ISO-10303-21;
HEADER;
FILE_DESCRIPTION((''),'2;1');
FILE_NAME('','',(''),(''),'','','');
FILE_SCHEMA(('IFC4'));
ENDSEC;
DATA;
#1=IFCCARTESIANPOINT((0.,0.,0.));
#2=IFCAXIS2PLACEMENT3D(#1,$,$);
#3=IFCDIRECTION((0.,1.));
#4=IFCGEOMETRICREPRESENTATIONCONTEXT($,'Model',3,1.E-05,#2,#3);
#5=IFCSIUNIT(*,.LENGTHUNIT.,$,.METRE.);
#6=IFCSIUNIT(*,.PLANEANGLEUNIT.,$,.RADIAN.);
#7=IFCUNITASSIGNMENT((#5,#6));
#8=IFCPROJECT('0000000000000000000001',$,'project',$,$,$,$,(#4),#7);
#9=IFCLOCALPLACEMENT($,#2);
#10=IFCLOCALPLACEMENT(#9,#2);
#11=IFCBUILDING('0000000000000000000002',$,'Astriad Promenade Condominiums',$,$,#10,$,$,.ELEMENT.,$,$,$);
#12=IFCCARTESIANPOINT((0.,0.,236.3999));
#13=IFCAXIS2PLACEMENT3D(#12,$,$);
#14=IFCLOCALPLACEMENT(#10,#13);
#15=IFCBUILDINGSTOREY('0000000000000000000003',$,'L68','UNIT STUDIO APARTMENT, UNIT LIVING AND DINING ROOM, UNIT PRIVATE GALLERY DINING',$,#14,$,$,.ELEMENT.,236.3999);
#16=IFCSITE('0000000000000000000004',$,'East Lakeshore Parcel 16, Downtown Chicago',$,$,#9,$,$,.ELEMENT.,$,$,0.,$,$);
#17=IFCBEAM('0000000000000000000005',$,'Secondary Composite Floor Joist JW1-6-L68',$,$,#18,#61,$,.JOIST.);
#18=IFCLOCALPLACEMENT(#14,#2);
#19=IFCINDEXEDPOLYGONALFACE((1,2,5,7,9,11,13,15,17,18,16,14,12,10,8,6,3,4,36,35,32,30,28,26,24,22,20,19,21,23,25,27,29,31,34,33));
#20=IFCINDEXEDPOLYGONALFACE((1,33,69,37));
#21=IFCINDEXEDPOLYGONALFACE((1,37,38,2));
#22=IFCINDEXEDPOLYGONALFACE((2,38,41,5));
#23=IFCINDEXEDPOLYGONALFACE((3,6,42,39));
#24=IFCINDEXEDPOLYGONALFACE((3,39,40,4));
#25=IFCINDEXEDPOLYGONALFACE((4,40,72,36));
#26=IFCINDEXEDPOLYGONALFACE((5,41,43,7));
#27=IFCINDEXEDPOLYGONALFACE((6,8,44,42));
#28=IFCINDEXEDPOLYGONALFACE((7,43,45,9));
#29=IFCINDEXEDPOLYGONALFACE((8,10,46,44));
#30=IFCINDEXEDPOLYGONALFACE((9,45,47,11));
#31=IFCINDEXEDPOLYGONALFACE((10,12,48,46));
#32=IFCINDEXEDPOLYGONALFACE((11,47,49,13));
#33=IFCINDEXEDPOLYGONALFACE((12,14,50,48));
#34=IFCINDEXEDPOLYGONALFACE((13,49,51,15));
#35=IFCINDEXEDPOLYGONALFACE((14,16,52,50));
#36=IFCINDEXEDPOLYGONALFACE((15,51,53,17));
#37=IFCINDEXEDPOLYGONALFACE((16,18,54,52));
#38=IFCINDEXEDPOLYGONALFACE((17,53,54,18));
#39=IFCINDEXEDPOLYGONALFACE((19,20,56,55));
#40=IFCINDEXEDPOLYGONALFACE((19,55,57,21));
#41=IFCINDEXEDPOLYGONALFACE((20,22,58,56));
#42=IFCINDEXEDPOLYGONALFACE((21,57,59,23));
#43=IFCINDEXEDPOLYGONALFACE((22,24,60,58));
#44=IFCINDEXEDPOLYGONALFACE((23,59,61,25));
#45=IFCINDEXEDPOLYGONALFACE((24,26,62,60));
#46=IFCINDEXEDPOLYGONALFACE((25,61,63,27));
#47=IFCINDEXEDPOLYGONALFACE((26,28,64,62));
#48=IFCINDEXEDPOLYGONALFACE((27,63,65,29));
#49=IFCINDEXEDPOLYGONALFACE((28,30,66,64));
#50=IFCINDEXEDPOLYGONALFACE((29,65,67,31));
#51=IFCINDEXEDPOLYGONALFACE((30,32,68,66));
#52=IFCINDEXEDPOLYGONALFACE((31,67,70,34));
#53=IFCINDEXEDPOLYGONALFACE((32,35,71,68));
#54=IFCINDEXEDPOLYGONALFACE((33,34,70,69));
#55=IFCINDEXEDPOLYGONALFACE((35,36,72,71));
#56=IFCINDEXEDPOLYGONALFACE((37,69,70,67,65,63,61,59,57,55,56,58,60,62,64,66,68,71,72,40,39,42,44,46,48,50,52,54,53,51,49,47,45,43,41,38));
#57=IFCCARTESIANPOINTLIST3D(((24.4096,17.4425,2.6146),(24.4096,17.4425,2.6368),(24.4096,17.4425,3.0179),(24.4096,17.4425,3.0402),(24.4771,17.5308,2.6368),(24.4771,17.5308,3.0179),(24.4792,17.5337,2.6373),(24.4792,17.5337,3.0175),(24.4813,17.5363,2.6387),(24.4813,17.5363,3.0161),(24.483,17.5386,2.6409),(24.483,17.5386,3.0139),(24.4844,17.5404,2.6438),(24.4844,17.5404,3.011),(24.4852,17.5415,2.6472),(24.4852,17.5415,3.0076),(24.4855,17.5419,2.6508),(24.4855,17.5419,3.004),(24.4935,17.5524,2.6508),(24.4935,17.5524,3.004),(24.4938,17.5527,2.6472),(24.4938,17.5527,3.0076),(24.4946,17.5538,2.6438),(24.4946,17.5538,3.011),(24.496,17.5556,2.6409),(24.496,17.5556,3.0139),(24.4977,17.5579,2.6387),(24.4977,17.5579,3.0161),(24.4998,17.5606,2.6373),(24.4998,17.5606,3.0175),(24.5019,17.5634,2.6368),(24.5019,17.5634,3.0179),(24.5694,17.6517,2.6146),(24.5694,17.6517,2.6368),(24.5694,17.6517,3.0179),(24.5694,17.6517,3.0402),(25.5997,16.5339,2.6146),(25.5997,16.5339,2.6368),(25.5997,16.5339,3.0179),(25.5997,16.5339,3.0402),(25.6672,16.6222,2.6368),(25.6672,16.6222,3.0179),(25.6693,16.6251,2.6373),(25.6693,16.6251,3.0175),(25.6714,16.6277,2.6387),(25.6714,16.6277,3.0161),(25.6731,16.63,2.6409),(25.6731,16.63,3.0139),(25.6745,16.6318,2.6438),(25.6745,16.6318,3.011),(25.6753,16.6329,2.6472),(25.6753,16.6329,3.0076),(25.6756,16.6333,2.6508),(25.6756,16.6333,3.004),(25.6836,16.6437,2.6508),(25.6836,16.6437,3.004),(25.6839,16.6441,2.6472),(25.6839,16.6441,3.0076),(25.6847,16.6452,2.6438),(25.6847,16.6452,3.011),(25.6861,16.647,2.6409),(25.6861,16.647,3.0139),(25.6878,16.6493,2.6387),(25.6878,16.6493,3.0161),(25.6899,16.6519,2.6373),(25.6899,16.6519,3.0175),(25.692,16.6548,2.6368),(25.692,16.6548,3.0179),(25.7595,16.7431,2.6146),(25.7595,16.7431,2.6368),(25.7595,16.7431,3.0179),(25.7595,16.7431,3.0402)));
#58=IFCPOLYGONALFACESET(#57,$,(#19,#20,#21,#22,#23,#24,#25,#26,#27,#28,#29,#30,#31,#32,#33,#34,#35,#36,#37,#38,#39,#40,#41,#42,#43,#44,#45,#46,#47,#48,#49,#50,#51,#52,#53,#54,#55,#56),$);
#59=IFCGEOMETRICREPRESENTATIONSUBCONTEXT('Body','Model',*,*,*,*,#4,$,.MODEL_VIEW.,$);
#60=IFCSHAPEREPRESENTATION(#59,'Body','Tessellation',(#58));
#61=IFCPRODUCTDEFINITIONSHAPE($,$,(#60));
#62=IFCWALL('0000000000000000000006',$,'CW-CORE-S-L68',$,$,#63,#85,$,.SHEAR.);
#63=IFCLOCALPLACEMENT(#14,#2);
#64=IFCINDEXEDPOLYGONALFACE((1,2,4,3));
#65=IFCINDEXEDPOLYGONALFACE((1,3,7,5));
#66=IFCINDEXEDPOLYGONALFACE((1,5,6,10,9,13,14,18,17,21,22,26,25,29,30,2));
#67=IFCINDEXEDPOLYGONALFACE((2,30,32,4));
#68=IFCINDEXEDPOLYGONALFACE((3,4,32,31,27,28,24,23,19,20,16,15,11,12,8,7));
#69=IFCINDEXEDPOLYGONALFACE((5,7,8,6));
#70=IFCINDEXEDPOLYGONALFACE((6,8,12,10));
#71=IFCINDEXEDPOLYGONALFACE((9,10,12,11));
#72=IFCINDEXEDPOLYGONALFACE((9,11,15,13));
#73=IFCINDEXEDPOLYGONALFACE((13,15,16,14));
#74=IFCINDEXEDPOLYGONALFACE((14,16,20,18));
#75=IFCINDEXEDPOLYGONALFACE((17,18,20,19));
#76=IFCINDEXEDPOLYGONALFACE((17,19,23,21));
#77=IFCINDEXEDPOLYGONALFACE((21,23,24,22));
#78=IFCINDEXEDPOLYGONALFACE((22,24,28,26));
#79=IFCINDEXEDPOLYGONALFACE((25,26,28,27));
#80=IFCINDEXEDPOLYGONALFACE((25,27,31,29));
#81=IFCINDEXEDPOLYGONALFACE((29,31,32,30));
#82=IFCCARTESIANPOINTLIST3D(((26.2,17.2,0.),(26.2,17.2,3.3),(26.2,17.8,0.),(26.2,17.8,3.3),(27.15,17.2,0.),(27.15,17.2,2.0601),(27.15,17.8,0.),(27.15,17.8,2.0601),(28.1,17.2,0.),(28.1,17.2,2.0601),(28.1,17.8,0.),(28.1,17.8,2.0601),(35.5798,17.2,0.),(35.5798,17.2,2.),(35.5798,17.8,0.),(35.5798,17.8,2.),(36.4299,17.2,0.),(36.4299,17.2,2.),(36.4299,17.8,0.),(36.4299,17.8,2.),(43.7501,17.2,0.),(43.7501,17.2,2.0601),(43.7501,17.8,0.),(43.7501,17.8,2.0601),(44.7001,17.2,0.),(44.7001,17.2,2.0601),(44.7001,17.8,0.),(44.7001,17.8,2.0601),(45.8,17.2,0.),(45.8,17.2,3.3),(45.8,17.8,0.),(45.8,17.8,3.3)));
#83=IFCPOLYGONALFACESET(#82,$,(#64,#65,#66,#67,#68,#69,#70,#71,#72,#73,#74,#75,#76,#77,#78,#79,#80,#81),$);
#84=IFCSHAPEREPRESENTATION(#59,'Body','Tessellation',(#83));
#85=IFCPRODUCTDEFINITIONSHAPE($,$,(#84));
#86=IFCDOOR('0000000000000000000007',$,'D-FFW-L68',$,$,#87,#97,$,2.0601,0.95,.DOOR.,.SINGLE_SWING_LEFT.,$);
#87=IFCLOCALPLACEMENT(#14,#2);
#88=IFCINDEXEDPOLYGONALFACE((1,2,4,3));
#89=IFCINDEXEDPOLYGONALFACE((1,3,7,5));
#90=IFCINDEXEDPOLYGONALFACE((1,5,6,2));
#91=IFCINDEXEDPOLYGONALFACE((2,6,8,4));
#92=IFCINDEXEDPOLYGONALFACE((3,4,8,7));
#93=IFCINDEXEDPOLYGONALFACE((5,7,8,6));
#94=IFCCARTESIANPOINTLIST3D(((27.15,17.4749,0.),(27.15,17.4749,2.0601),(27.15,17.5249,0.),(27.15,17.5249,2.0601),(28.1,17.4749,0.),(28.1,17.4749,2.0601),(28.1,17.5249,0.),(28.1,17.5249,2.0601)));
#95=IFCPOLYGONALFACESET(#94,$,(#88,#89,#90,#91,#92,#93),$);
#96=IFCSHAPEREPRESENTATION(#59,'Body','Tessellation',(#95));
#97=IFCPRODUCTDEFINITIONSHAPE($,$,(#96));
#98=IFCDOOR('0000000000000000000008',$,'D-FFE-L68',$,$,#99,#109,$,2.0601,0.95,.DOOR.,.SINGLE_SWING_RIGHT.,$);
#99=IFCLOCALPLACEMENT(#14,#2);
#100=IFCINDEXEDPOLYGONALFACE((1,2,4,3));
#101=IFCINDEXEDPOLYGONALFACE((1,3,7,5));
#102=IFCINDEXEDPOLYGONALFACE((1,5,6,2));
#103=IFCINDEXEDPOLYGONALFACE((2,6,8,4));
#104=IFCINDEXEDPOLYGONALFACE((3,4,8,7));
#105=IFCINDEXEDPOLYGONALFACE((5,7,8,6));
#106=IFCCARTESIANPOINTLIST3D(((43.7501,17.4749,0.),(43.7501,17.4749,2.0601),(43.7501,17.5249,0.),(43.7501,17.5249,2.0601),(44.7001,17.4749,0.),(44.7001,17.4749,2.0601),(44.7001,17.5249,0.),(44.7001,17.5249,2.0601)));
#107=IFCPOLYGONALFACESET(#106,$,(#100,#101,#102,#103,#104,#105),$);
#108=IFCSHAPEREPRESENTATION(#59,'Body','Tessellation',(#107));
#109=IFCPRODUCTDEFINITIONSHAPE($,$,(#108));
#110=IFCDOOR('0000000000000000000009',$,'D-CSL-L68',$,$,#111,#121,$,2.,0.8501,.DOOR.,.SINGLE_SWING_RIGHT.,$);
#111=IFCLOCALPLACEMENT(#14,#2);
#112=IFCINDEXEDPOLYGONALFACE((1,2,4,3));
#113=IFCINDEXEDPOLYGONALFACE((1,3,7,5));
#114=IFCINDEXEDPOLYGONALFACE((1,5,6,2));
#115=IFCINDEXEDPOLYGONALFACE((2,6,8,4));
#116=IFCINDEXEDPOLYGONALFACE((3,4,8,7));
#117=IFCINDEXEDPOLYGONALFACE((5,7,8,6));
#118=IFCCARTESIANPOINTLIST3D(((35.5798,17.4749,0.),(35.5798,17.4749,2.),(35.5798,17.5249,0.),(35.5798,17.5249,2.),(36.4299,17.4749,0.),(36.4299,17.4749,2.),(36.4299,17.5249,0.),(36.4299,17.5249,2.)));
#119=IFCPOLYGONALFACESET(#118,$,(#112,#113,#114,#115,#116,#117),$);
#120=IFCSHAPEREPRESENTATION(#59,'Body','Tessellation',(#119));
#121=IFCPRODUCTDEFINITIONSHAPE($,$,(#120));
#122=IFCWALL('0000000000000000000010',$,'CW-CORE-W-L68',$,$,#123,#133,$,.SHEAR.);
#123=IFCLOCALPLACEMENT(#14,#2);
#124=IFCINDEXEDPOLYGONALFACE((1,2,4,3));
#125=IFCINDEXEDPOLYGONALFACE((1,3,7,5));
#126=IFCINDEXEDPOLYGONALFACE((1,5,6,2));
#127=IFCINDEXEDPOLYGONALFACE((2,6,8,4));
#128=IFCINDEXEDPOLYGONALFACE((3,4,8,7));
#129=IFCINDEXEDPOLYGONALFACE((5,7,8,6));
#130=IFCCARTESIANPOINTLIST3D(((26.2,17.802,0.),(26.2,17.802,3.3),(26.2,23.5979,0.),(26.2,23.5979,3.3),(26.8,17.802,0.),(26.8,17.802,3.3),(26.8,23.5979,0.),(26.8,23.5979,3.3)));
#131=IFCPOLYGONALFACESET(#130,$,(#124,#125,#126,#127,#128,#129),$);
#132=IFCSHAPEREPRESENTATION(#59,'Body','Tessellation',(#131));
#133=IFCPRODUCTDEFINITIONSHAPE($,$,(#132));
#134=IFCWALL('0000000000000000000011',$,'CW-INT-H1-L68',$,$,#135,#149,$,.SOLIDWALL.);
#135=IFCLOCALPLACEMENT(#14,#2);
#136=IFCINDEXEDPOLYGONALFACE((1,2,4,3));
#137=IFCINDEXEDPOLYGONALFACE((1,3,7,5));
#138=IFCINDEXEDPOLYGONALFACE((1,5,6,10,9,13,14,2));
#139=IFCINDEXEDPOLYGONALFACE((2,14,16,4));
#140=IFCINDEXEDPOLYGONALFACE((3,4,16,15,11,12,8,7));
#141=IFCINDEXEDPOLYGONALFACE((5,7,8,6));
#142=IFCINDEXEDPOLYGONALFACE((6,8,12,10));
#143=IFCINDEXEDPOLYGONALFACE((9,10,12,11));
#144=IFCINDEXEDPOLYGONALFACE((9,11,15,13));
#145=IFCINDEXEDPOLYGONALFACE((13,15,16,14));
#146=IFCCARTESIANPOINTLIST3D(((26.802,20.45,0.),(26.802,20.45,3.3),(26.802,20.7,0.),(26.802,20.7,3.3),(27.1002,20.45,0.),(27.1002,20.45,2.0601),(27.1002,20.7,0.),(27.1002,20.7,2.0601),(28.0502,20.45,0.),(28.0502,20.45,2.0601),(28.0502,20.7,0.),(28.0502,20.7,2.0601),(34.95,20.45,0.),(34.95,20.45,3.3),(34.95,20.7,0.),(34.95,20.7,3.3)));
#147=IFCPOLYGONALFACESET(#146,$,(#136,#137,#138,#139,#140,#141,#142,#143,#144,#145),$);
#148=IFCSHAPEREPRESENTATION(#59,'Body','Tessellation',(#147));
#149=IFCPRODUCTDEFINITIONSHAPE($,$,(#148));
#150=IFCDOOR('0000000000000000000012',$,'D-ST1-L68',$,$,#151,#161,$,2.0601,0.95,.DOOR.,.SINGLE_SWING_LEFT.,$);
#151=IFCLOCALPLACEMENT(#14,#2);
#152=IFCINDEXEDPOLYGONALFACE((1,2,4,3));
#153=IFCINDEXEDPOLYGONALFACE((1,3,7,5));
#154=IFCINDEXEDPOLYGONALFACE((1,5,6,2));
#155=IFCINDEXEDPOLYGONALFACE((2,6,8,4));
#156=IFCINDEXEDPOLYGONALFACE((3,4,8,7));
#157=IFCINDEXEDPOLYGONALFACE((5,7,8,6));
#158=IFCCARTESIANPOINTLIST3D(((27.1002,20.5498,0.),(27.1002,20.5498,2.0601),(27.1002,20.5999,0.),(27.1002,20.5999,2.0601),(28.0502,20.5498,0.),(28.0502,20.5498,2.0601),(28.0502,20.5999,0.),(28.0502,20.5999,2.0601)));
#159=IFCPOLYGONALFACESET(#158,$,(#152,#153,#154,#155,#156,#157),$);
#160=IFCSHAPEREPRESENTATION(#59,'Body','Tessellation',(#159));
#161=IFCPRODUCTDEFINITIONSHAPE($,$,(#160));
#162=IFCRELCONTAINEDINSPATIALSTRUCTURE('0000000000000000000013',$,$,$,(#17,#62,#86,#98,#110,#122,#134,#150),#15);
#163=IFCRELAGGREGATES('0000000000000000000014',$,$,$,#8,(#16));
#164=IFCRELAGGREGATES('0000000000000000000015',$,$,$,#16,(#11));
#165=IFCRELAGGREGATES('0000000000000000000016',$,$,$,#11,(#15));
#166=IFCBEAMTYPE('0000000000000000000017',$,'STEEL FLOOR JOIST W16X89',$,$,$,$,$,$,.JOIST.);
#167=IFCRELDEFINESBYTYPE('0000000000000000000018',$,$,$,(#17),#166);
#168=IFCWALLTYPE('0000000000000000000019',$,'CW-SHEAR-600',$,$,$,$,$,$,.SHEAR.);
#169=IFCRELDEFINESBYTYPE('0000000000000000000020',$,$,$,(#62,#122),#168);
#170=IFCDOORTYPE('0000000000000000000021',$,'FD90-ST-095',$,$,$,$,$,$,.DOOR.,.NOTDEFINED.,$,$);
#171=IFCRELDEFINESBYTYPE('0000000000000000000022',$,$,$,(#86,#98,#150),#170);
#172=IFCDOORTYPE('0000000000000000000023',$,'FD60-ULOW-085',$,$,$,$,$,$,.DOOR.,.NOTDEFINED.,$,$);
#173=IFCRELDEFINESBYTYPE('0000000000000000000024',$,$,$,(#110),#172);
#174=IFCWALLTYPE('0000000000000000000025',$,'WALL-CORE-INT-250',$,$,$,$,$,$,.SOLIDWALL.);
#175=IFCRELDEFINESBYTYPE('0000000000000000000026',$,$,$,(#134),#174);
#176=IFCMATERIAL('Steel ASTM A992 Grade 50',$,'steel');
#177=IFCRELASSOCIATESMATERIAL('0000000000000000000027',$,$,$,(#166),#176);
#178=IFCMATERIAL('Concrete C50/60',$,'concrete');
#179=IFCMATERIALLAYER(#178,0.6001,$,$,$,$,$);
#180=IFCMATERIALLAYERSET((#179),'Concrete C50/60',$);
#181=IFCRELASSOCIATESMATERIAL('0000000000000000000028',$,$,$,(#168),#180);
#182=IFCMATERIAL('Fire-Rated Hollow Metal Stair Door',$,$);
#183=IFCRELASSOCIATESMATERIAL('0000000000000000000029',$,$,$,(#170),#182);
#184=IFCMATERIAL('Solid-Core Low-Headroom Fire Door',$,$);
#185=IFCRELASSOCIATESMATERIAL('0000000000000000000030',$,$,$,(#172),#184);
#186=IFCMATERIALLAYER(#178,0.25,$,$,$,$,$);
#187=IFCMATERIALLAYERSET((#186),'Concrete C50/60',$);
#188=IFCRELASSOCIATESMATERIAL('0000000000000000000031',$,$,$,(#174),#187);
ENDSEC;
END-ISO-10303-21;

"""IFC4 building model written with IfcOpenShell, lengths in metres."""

from ifc_helpers import new_model, si_unit, direction, frame, frame_2d, origin, origin_2d, place, context, subcontext, project, spatial, rectangle, i_section, extrude, source, transform, mapped, material, layer, layer_set, material_profile, profile_set, type_object, type_shapes, element, fill, save


model = new_model("IFC4")

# Units and contexts
model_context = context("Model", 3, precision=1e-05, world=origin(), true_north=direction((0.0, 1.0)))
body_context = subcontext(model_context, "Body", "Model", "MODEL_VIEW")
ifc_project = project(units=[si_unit("LENGTHUNIT", "METRE"), si_unit("PLANEANGLEUNIT", "RADIAN")], contexts=[model_context])

# Site, building, storey
site_placement = place(None, origin())
site = spatial("IfcSite", under=ifc_project, at=site_placement, Name="East Lakeshore Parcel 16, Downtown Chicago", CompositionType="ELEMENT", RefElevation=0.0)
building_placement = place(site_placement, origin())
building = spatial("IfcBuilding", under=site, at=building_placement, Name="Astriad Promenade Condominiums", CompositionType="ELEMENT")
storey_placement = place(building_placement, frame((0.0, 0.0, 236.3999)))
storey = spatial("IfcBuildingStorey", under=building, at=storey_placement, Name="L68", Description="UNIT STUDIO APARTMENT, UNIT LIVING AND DINING ROOM, UNIT PRIVATE GALLERY DINING", CompositionType="ELEMENT", Elevation=236.3999)

# Beam
ifc_material_1 = material(Name="Steel ASTM A992 Grade 50", Category="steel")
ifc_material_profile_1 = material_profile(ifc_material_1, i_section(OverallWidth=0.2632, OverallDepth=0.4255, WebThickness=0.0132, FlangeThickness=0.0222, FilletRadius=0.0139, at=origin_2d()), Name="W16X89")
ifc_profile_set_1 = profile_set([ifc_material_profile_1], Name="Steel ASTM A992 Grade 50")
beam_type_1 = type_object("IfcBeamType", Name="STEEL FLOOR JOIST W16X89", PredefinedType="JOIST", material=ifc_profile_set_1)
shared_shape_1 = source(origin(), body_context, "Body", "SweptSolid", [
    extrude(i_section(OverallWidth=0.2632, OverallDepth=0.4255, WebThickness=0.0132, FlangeThickness=0.0222, FilletRadius=0.0139, at=origin_2d()), origin(), (0.0, 0.0, 1.0), 1.4973),
])
beam_1_placement = place(storey_placement, frame((24.4895, 17.5471, 2.8274), z_axis=(0.794825, -0.606839, 0.0), x_axis=(0.606839, 0.794825, 0.0)))
element("IfcBeam", 1, at=beam_1_placement, inside=storey, type_object=beam_type_1, Name="Secondary Composite Floor Joist JW1-6-L68", PredefinedType="JOIST", context=body_context, shape_type="MappedRepresentation", body=[
    mapped(shared_shape_1, transform((0.0, 0.0, 0.0), scale=1.0)),
])

# Wall, openings, doors
ifc_material_2 = material(Name="Concrete C50/60", Category="concrete")
ifc_layer_1 = layer(ifc_material_2, 0.6001)
ifc_layer_set_1 = layer_set([ifc_layer_1], Name="Concrete C50/60")
wall_type_1 = type_object("IfcWallType", Name="CW-SHEAR-600", PredefinedType="SHEAR", material=ifc_layer_set_1)
wall_1_placement = place(storey_placement, frame((26.2, 17.5, 0.0), z_axis=(0.0, 0.0, 1.0), x_axis=(1.0, 0.0, 0.0)))
wall_1 = element("IfcWall", 2, at=wall_1_placement, inside=storey, type_object=wall_type_1, Name="CW-CORE-S-L68", PredefinedType="SHEAR", context=body_context, shape_type="SweptSolid", body=[
    extrude(rectangle(XDim=19.6001, YDim=0.6001, at=frame_2d((9.8, 0.0))), origin(), (0.0, 0.0, 1.0), 3.3),
])
opening_1_placement = place(wall_1_placement, frame((0.95, 0.0, 0.0)))
opening_1 = element("IfcOpeningElement", 3, at=opening_1_placement, cuts=wall_1, PredefinedType="OPENING", context=body_context, shape_type="SweptSolid", body=[
    extrude(rectangle(XDim=0.95, YDim=2.0601, at=frame_2d((0.4751, 1.03))), frame((0.0, 0.3101, 0.0), z_axis=(0.0, -1.0, 0.0), x_axis=(1.0, 0.0, 0.0)), (0.0, 0.0, 1.0), 0.6201),
])
opening_2_placement = place(wall_1_placement, frame((9.3799, 0.0, 0.0)))
opening_2 = element("IfcOpeningElement", 4, at=opening_2_placement, cuts=wall_1, PredefinedType="OPENING", context=body_context, shape_type="SweptSolid", body=[
    extrude(rectangle(XDim=0.8501, YDim=2.0, at=frame_2d((0.425, 1.0))), frame((0.0, 0.3101, 0.0), z_axis=(0.0, -1.0, 0.0), x_axis=(1.0, 0.0, 0.0)), (0.0, 0.0, 1.0), 0.6201),
])
opening_3_placement = place(wall_1_placement, frame((17.55, 0.0, 0.0)))
opening_3 = element("IfcOpeningElement", 5, at=opening_3_placement, cuts=wall_1, PredefinedType="OPENING", context=body_context, shape_type="SweptSolid", body=[
    extrude(rectangle(XDim=0.95, YDim=2.0601, at=frame_2d((0.4751, 1.03))), frame((0.0, 0.3101, 0.0), z_axis=(0.0, -1.0, 0.0), x_axis=(1.0, 0.0, 0.0)), (0.0, 0.0, 1.0), 0.6201),
])
ifc_material_3 = material(Name="Fire-Rated Hollow Metal Stair Door")
door_type_1 = type_object("IfcDoorType", Name="FD90-ST-095", OperationType="NOTDEFINED", PredefinedType="DOOR", material=ifc_material_3)
shared_shape_2 = source(origin(), body_context, "Body", "SweptSolid", [
    extrude(rectangle(XDim=0.95, YDim=2.0601, at=frame_2d((0.4751, 1.03))), frame((0.0, 0.0249, 0.0), z_axis=(0.0, -1.0, 0.0), x_axis=(1.0, 0.0, 0.0)), (0.0, 0.0, 1.0), 0.05),
])
type_shapes(door_type_1, [shared_shape_2])
door_1_placement = place(opening_1_placement, origin())
door_1 = element("IfcDoor", 6, at=door_1_placement, inside=storey, type_object=door_type_1, Name="D-FFW-L68", OperationType="SINGLE_SWING_LEFT", OverallHeight=2.0601, OverallWidth=0.95, PredefinedType="DOOR", context=body_context, shape_type="MappedRepresentation", body=[
    mapped(shared_shape_2, transform((0.0, 0.0, 0.0), scale=1.0)),
])
fill(opening_1, door_1)
door_2_placement = place(opening_3_placement, origin())
door_2 = element("IfcDoor", 7, at=door_2_placement, inside=storey, type_object=door_type_1, Name="D-FFE-L68", OperationType="SINGLE_SWING_RIGHT", OverallHeight=2.0601, OverallWidth=0.95, PredefinedType="DOOR", context=body_context, shape_type="MappedRepresentation", body=[
    mapped(shared_shape_2, transform((0.0, 0.0, 0.0), scale=1.0)),
])
fill(opening_3, door_2)
ifc_material_4 = material(Name="Solid-Core Low-Headroom Fire Door")
door_type_2 = type_object("IfcDoorType", Name="FD60-ULOW-085", OperationType="NOTDEFINED", PredefinedType="DOOR", material=ifc_material_4)
shared_shape_3 = source(origin(), body_context, "Body", "SweptSolid", [
    extrude(rectangle(XDim=0.8501, YDim=2.0, at=frame_2d((0.425, 1.0))), frame((0.0, 0.0249, 0.0), z_axis=(0.0, -1.0, 0.0), x_axis=(1.0, 0.0, 0.0)), (0.0, 0.0, 1.0), 0.05),
])
type_shapes(door_type_2, [shared_shape_3])
door_3_placement = place(opening_2_placement, origin())
door_3 = element("IfcDoor", 8, at=door_3_placement, inside=storey, type_object=door_type_2, Name="D-CSL-L68", OperationType="SINGLE_SWING_RIGHT", OverallHeight=2.0, OverallWidth=0.8501, PredefinedType="DOOR", context=body_context, shape_type="MappedRepresentation", body=[
    mapped(shared_shape_3, transform((0.0, 0.0, 0.0), scale=1.0)),
])
fill(opening_2, door_3)

# Wall
wall_2_placement = place(storey_placement, frame((26.5, 17.802, 0.0), z_axis=(0.0, 0.0, 1.0), x_axis=(0.0, 1.0, 0.0)))
element("IfcWall", 9, at=wall_2_placement, inside=storey, type_object=wall_type_1, Name="CW-CORE-W-L68", PredefinedType="SHEAR", context=body_context, shape_type="SweptSolid", body=[
    extrude(rectangle(XDim=5.7959, YDim=0.6001, at=frame_2d((2.8979, 0.0))), origin(), (0.0, 0.0, 1.0), 3.3),
])

# Wall, opening, door
ifc_layer_2 = layer(ifc_material_2, 0.25)
ifc_layer_set_2 = layer_set([ifc_layer_2], Name="Concrete C50/60")
wall_type_2 = type_object("IfcWallType", Name="WALL-CORE-INT-250", PredefinedType="SOLIDWALL", material=ifc_layer_set_2)
wall_3_placement = place(storey_placement, frame((26.802, 20.575, 0.0), z_axis=(0.0, 0.0, 1.0), x_axis=(1.0, 0.0, 0.0)))
wall_3 = element("IfcWall", 10, at=wall_3_placement, inside=storey, type_object=wall_type_2, Name="CW-INT-H1-L68", PredefinedType="SOLIDWALL", context=body_context, shape_type="SweptSolid", body=[
    extrude(rectangle(XDim=8.1479, YDim=0.25, at=frame_2d((4.074, 0.0))), origin(), (0.0, 0.0, 1.0), 3.3),
])
opening_4_placement = place(wall_3_placement, frame((0.2981, 0.0, 0.0)))
opening_4 = element("IfcOpeningElement", 11, at=opening_4_placement, cuts=wall_3, PredefinedType="OPENING", context=body_context, shape_type="SweptSolid", body=[
    extrude(rectangle(XDim=0.95, YDim=2.0601, at=frame_2d((0.4751, 1.03))), frame((0.0, 0.135, 0.0), z_axis=(0.0, -1.0, 0.0), x_axis=(1.0, 0.0, 0.0)), (0.0, 0.0, 1.0), 0.27),
])
door_4_placement = place(opening_4_placement, origin())
door_4 = element("IfcDoor", 12, at=door_4_placement, inside=storey, type_object=door_type_1, Name="D-ST1-L68", OperationType="SINGLE_SWING_LEFT", OverallHeight=2.0601, OverallWidth=0.95, PredefinedType="DOOR", context=body_context, shape_type="MappedRepresentation", body=[
    mapped(shared_shape_2, transform((0.0, 0.0, 0.0), scale=1.0)),
])
fill(opening_4, door_4)

save(model, "model.ifc")
